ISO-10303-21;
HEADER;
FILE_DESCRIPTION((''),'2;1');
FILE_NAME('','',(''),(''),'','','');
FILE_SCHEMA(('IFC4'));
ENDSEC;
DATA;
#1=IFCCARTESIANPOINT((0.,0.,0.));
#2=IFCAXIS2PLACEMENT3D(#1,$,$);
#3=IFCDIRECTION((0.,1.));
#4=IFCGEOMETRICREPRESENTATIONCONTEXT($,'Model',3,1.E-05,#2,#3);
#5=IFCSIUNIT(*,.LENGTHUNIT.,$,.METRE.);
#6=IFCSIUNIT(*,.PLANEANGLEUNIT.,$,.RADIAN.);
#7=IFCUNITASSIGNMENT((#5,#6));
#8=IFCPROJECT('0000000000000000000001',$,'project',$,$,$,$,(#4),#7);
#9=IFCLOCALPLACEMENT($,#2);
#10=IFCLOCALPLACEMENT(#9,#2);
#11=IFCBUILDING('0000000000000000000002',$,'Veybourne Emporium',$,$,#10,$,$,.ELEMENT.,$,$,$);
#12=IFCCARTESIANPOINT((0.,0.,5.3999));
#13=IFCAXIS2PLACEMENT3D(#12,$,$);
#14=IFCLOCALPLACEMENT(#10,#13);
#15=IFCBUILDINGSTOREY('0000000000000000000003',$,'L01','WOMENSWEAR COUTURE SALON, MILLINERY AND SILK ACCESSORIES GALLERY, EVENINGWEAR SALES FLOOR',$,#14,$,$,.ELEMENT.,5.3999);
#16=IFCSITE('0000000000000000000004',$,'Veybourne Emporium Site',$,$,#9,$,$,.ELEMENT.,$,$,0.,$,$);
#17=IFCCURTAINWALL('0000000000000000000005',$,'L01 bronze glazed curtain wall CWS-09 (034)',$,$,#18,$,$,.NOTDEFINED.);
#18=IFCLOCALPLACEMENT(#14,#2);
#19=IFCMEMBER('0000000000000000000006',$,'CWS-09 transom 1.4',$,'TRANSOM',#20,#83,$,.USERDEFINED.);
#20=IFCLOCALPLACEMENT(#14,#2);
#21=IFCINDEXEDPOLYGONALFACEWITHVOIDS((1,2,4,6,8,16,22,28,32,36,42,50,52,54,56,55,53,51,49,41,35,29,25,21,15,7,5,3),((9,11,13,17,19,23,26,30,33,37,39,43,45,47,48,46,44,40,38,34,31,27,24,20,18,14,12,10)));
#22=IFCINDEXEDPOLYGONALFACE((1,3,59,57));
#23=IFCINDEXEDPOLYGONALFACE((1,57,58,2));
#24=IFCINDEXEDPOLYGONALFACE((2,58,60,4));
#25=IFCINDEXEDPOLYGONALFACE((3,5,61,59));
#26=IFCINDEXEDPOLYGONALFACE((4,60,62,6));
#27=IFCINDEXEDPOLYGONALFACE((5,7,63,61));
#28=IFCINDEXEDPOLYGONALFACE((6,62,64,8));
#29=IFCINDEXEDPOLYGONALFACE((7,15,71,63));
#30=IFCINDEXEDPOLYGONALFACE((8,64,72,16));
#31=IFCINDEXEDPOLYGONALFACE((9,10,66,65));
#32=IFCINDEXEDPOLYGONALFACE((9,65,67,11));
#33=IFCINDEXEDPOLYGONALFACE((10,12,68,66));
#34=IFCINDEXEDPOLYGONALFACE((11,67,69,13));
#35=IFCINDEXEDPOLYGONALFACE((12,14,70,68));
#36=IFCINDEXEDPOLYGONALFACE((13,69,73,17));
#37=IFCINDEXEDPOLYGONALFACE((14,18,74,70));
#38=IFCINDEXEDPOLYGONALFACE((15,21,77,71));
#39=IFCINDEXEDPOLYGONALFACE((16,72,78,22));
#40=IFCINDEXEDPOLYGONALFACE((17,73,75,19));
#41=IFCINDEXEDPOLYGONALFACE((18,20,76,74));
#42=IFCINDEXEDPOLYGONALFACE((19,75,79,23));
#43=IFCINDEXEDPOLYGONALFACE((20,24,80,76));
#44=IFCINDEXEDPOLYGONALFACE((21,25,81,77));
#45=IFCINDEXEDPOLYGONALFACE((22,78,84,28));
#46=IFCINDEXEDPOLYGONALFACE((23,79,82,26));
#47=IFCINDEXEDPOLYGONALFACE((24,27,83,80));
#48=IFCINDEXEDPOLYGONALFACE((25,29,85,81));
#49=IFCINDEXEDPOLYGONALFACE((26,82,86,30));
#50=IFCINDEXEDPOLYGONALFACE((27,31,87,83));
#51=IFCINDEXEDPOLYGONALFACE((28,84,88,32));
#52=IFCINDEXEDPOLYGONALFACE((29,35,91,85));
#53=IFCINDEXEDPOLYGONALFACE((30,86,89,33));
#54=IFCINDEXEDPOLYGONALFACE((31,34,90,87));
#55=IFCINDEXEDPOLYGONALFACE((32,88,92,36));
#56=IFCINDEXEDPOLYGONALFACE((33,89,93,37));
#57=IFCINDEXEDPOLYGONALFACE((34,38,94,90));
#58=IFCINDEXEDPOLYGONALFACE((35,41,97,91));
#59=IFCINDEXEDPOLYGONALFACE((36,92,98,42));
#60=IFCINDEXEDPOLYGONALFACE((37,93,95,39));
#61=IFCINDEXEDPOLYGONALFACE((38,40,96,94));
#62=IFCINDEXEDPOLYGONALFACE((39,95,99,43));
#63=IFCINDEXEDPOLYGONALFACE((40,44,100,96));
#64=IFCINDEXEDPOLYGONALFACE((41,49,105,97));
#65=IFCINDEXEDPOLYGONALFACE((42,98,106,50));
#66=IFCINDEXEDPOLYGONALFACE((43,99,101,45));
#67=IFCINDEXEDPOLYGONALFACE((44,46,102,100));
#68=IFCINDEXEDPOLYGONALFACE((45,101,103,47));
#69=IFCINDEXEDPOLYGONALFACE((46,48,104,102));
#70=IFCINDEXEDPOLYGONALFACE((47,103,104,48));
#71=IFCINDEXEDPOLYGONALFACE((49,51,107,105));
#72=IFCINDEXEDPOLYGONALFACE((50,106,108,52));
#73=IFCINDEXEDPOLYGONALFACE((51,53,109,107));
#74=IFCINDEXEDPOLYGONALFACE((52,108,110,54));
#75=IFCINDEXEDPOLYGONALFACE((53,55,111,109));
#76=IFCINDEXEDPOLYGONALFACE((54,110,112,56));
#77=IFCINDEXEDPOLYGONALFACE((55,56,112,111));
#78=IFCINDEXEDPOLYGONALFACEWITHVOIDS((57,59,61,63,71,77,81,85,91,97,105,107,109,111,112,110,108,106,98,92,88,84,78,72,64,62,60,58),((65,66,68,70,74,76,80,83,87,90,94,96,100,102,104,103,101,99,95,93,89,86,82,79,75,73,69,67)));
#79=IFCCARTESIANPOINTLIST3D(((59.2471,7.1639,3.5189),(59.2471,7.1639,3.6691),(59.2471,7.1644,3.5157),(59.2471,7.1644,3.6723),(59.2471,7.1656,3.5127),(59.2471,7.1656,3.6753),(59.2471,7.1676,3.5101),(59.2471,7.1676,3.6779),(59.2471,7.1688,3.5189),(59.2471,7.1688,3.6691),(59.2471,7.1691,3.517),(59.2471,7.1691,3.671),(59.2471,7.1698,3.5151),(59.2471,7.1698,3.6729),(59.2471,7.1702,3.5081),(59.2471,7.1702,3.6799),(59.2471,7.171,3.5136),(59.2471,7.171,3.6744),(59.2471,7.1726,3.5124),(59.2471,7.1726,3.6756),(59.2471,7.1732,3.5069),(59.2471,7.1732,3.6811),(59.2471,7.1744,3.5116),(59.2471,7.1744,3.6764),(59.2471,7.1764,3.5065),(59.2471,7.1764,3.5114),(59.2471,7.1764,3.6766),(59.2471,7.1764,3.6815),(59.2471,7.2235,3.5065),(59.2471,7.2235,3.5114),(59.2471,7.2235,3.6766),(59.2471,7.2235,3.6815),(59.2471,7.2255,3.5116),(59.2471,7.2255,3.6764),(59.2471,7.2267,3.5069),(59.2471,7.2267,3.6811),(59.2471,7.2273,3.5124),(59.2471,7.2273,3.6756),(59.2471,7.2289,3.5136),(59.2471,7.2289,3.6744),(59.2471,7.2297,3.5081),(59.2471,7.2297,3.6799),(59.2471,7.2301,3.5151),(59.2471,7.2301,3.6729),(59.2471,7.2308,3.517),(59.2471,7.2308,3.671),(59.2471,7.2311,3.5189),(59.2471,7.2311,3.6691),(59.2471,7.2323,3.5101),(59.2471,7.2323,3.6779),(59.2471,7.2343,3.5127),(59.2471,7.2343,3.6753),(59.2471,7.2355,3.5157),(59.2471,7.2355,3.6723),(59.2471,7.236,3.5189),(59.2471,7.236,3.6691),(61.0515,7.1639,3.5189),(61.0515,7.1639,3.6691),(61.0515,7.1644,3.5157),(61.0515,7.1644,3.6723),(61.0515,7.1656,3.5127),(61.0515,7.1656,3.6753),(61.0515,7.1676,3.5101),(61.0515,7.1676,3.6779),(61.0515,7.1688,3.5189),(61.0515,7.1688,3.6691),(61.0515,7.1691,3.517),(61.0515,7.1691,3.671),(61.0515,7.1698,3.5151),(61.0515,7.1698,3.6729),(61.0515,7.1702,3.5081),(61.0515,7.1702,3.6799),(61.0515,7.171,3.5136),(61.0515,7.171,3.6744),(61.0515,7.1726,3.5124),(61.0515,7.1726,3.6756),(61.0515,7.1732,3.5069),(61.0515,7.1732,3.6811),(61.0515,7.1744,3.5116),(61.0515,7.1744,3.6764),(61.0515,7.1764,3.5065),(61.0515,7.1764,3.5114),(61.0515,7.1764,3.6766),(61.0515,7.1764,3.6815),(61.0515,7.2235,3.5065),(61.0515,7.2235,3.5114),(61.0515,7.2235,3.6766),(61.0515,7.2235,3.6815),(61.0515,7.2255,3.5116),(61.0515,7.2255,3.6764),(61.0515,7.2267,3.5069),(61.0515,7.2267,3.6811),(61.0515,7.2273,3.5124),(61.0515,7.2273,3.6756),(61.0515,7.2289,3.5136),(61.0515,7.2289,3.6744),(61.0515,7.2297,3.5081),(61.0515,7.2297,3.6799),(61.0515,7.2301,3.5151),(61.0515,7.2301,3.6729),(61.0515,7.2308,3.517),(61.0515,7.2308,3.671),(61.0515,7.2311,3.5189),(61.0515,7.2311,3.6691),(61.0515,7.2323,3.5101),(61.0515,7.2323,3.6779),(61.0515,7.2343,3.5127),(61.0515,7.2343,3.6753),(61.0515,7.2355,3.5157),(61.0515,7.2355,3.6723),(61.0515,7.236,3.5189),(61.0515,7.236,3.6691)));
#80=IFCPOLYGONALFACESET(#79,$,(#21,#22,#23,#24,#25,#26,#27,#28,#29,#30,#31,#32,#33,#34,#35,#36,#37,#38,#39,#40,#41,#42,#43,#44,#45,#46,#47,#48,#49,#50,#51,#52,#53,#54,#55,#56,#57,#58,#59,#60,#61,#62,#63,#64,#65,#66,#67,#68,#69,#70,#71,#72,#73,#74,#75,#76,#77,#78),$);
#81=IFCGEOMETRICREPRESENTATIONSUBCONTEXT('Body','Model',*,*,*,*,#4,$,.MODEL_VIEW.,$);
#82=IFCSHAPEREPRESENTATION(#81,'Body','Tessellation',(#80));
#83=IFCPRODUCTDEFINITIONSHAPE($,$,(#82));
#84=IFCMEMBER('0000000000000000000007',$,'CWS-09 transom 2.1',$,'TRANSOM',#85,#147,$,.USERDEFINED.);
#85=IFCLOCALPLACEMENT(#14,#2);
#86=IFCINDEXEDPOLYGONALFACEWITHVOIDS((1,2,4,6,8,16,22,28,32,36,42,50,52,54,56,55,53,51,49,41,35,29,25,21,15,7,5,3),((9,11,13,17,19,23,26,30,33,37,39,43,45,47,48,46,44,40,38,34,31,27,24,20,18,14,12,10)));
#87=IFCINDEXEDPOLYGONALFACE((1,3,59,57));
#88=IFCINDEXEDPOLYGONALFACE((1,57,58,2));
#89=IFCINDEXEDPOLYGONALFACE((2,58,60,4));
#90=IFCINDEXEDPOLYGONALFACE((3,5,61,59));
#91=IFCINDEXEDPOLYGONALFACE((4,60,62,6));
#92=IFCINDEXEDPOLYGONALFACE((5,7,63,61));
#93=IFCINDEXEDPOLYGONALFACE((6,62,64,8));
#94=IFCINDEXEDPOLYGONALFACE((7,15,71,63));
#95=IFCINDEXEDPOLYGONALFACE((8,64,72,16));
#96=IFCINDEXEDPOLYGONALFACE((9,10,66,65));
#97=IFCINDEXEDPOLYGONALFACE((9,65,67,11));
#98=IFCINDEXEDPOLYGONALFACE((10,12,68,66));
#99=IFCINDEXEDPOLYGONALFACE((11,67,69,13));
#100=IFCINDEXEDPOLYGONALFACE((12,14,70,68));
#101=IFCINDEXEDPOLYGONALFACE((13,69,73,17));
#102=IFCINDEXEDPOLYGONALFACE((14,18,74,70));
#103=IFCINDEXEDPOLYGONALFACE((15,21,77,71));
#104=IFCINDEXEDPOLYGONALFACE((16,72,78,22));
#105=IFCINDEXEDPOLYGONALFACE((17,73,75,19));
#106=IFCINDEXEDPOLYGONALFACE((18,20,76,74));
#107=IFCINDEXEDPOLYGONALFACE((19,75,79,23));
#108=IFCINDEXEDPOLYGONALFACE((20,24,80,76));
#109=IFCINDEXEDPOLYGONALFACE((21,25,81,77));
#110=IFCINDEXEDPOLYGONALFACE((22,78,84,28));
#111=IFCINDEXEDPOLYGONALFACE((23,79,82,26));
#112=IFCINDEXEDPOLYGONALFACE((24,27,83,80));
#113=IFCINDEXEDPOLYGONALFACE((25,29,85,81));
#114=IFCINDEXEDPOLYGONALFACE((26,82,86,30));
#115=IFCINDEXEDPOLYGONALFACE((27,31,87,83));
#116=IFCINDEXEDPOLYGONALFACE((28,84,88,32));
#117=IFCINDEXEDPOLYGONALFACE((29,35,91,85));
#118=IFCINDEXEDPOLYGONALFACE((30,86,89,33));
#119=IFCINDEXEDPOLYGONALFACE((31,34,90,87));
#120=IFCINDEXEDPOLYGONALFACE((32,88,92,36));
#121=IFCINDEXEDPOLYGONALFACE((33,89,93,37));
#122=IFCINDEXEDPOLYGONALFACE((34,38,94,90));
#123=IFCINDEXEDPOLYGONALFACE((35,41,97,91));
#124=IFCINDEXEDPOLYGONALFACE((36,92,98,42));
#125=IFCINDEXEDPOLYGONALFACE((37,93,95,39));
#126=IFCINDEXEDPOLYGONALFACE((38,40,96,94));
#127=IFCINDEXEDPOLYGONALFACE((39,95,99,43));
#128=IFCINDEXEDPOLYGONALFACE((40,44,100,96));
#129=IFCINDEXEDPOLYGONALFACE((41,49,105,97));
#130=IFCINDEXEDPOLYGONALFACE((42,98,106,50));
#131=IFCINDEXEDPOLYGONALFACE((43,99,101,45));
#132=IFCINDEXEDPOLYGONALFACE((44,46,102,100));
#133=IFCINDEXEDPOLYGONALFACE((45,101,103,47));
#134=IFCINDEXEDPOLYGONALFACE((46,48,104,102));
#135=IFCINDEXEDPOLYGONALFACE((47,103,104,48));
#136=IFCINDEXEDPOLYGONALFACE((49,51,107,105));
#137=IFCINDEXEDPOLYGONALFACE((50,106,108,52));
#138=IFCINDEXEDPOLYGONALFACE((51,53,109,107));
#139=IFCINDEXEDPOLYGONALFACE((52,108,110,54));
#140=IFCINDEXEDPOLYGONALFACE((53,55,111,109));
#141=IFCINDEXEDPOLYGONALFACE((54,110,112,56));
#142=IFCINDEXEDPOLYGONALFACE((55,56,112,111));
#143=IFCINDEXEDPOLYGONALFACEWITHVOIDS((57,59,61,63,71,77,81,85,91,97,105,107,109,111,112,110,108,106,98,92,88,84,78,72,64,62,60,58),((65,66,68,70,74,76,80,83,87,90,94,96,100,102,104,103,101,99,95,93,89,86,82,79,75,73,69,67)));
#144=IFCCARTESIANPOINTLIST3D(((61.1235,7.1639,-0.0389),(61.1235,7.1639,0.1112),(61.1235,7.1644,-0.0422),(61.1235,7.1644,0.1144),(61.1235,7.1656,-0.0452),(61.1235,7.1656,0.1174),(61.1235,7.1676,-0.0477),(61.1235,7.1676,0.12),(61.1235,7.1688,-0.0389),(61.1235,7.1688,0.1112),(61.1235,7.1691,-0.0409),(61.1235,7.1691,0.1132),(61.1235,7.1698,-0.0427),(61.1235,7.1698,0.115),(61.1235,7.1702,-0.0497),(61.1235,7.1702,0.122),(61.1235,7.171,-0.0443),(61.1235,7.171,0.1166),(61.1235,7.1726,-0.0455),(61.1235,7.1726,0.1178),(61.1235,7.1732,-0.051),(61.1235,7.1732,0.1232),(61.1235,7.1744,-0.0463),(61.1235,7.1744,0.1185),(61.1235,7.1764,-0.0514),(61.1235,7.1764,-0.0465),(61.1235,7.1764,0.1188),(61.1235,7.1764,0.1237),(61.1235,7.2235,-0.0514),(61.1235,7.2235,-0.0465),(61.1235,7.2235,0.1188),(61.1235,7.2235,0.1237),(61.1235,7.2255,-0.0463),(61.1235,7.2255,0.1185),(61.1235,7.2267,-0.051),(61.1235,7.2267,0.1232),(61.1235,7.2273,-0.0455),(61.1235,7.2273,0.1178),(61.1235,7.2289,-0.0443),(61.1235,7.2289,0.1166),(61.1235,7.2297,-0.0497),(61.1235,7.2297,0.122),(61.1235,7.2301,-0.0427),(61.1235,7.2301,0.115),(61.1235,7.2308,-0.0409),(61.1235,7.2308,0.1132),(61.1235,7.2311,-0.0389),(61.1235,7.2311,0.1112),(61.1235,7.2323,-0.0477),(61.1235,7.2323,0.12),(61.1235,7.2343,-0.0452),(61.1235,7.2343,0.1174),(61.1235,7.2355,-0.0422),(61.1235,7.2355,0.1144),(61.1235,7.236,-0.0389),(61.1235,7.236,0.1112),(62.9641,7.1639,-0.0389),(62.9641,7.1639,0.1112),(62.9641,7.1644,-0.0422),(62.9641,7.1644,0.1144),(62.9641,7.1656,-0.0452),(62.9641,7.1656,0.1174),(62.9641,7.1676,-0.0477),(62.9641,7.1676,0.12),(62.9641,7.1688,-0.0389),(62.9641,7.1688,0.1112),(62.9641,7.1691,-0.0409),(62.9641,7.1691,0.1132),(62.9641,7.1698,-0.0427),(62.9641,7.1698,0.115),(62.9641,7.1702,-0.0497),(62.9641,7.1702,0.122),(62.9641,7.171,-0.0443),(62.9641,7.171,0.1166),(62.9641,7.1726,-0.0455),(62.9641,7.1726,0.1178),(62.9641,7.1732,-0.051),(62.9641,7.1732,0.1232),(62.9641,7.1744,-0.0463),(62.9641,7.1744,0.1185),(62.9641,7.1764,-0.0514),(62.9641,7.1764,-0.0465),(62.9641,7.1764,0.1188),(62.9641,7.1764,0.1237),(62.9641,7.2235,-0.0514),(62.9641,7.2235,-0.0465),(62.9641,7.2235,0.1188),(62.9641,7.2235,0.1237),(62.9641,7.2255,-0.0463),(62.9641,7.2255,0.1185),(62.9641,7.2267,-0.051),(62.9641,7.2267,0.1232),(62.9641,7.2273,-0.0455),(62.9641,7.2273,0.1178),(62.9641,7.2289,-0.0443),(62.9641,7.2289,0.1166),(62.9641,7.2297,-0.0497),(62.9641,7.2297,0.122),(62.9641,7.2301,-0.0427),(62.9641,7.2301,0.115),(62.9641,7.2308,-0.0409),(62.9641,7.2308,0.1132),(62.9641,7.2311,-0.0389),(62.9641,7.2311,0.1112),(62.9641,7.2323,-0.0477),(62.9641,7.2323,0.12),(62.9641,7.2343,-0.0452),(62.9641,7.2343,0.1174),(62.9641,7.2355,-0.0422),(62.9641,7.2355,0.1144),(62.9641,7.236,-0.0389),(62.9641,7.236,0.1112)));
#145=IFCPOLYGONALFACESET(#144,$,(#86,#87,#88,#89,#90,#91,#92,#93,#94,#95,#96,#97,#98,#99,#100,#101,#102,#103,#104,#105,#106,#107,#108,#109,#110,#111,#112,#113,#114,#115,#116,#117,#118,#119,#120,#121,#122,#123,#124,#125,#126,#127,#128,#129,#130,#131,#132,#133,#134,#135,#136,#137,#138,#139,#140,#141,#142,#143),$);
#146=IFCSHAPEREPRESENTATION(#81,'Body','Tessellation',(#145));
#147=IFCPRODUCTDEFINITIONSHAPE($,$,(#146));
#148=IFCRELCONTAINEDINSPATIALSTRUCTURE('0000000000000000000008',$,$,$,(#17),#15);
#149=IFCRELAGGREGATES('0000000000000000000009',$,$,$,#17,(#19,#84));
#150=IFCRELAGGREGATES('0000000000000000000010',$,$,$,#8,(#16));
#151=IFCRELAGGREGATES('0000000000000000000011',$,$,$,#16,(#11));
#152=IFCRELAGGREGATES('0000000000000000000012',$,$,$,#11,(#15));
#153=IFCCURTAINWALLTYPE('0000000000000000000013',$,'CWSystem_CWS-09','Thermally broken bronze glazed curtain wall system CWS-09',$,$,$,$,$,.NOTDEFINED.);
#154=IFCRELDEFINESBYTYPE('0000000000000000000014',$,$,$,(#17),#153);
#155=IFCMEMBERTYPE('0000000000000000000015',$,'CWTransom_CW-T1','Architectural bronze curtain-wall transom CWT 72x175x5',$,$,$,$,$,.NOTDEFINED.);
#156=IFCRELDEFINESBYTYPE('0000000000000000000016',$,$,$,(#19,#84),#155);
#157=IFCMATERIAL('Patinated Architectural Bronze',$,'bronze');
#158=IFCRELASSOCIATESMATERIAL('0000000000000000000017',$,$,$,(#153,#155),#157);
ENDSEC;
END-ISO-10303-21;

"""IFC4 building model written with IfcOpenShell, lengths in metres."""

from ifc_helpers import new_model, si_unit, direction, frame, origin, origin_2d, place, context, subcontext, project, spatial, hollow_rectangle, extrude, material, material_profile, profile_set, type_object, element, aggregate, save


model = new_model("IFC4")

# Units and contexts
model_context = context("Model", 3, precision=1e-05, world=origin(), true_north=direction((0.0, 1.0)))
body_context = subcontext(model_context, "Body", "Model", "MODEL_VIEW")
ifc_project = project(units=[si_unit("LENGTHUNIT", "METRE"), si_unit("PLANEANGLEUNIT", "RADIAN")], contexts=[model_context])

# Site, building, storey
site_placement = place(None, origin())
site = spatial("IfcSite", under=ifc_project, at=site_placement, Name="Veybourne Emporium Site", CompositionType="ELEMENT", RefElevation=0.0)
building_placement = place(site_placement, origin())
building = spatial("IfcBuilding", under=site, at=building_placement, Name="Veybourne Emporium", CompositionType="ELEMENT")
storey_placement = place(building_placement, frame((0.0, 0.0, 5.3999)))
storey = spatial("IfcBuildingStorey", under=building, at=storey_placement, Name="L01", Description="WOMENSWEAR COUTURE SALON, MILLINERY AND SILK ACCESSORIES GALLERY, EVENINGWEAR SALES FLOOR", CompositionType="ELEMENT", Elevation=5.3999)

# Curtain wall, members
ifc_material_1 = material(Name="Patinated Architectural Bronze", Category="bronze")
curtain_wall_type = type_object("IfcCurtainWallType", Name="CWSystem_CWS-09", Description="Thermally broken bronze glazed curtain wall system CWS-09", PredefinedType="NOTDEFINED", material=ifc_material_1)
curtain_wall_placement = place(storey_placement, origin())
curtain_wall = element("IfcCurtainWall", 1, at=curtain_wall_placement, inside=storey, type_object=curtain_wall_type, Name="L01 bronze glazed curtain wall CWS-09 (034)", PredefinedType="NOTDEFINED")
ifc_material_profile_1 = material_profile(ifc_material_1, hollow_rectangle(XDim=0.072, YDim=0.175, WallThickness=0.0049, InnerFilletRadius=0.0076, OuterFilletRadius=0.0125, at=origin_2d()), Name="CWT 72x175x5")
ifc_profile_set_1 = profile_set([ifc_material_profile_1], Name="Patinated Architectural Bronze")
member_type_1 = type_object("IfcMemberType", Name="CWTransom_CW-T1", Description="Architectural bronze curtain-wall transom CWT 72x175x5", PredefinedType="NOTDEFINED", material=ifc_profile_set_1)
member_1_placement = place(storey_placement, frame((59.2471, 7.2, 3.594), z_axis=(1.0, 0.0, 0.0), x_axis=(0.0, 1.0, 0.0)))
member_1 = element("IfcMember", 2, at=member_1_placement, type_object=member_type_1, Name="CWS-09 transom 1.4", ObjectType="TRANSOM", PredefinedType="USERDEFINED", context=body_context, shape_type="SweptSolid", body=[
    extrude(hollow_rectangle(XDim=0.072, YDim=0.175, WallThickness=0.0049, InnerFilletRadius=0.0076, OuterFilletRadius=0.0125, at=origin_2d()), origin(), (0.0, 0.0, 1.0), 1.8044),
])
member_2_placement = place(storey_placement, frame((61.1235, 7.2, 0.0361), z_axis=(1.0, 0.0, 0.0), x_axis=(0.0, 1.0, 0.0)))
member_2 = element("IfcMember", 3, at=member_2_placement, type_object=member_type_1, Name="CWS-09 transom 2.1", ObjectType="TRANSOM", PredefinedType="USERDEFINED", context=body_context, shape_type="SweptSolid", body=[
    extrude(hollow_rectangle(XDim=0.072, YDim=0.175, WallThickness=0.0049, InnerFilletRadius=0.0076, OuterFilletRadius=0.0125, at=origin_2d()), origin(), (0.0, 0.0, 1.0), 1.8406),
])
aggregate(curtain_wall, [member_1, member_2])

save(model, "model.ifc")
